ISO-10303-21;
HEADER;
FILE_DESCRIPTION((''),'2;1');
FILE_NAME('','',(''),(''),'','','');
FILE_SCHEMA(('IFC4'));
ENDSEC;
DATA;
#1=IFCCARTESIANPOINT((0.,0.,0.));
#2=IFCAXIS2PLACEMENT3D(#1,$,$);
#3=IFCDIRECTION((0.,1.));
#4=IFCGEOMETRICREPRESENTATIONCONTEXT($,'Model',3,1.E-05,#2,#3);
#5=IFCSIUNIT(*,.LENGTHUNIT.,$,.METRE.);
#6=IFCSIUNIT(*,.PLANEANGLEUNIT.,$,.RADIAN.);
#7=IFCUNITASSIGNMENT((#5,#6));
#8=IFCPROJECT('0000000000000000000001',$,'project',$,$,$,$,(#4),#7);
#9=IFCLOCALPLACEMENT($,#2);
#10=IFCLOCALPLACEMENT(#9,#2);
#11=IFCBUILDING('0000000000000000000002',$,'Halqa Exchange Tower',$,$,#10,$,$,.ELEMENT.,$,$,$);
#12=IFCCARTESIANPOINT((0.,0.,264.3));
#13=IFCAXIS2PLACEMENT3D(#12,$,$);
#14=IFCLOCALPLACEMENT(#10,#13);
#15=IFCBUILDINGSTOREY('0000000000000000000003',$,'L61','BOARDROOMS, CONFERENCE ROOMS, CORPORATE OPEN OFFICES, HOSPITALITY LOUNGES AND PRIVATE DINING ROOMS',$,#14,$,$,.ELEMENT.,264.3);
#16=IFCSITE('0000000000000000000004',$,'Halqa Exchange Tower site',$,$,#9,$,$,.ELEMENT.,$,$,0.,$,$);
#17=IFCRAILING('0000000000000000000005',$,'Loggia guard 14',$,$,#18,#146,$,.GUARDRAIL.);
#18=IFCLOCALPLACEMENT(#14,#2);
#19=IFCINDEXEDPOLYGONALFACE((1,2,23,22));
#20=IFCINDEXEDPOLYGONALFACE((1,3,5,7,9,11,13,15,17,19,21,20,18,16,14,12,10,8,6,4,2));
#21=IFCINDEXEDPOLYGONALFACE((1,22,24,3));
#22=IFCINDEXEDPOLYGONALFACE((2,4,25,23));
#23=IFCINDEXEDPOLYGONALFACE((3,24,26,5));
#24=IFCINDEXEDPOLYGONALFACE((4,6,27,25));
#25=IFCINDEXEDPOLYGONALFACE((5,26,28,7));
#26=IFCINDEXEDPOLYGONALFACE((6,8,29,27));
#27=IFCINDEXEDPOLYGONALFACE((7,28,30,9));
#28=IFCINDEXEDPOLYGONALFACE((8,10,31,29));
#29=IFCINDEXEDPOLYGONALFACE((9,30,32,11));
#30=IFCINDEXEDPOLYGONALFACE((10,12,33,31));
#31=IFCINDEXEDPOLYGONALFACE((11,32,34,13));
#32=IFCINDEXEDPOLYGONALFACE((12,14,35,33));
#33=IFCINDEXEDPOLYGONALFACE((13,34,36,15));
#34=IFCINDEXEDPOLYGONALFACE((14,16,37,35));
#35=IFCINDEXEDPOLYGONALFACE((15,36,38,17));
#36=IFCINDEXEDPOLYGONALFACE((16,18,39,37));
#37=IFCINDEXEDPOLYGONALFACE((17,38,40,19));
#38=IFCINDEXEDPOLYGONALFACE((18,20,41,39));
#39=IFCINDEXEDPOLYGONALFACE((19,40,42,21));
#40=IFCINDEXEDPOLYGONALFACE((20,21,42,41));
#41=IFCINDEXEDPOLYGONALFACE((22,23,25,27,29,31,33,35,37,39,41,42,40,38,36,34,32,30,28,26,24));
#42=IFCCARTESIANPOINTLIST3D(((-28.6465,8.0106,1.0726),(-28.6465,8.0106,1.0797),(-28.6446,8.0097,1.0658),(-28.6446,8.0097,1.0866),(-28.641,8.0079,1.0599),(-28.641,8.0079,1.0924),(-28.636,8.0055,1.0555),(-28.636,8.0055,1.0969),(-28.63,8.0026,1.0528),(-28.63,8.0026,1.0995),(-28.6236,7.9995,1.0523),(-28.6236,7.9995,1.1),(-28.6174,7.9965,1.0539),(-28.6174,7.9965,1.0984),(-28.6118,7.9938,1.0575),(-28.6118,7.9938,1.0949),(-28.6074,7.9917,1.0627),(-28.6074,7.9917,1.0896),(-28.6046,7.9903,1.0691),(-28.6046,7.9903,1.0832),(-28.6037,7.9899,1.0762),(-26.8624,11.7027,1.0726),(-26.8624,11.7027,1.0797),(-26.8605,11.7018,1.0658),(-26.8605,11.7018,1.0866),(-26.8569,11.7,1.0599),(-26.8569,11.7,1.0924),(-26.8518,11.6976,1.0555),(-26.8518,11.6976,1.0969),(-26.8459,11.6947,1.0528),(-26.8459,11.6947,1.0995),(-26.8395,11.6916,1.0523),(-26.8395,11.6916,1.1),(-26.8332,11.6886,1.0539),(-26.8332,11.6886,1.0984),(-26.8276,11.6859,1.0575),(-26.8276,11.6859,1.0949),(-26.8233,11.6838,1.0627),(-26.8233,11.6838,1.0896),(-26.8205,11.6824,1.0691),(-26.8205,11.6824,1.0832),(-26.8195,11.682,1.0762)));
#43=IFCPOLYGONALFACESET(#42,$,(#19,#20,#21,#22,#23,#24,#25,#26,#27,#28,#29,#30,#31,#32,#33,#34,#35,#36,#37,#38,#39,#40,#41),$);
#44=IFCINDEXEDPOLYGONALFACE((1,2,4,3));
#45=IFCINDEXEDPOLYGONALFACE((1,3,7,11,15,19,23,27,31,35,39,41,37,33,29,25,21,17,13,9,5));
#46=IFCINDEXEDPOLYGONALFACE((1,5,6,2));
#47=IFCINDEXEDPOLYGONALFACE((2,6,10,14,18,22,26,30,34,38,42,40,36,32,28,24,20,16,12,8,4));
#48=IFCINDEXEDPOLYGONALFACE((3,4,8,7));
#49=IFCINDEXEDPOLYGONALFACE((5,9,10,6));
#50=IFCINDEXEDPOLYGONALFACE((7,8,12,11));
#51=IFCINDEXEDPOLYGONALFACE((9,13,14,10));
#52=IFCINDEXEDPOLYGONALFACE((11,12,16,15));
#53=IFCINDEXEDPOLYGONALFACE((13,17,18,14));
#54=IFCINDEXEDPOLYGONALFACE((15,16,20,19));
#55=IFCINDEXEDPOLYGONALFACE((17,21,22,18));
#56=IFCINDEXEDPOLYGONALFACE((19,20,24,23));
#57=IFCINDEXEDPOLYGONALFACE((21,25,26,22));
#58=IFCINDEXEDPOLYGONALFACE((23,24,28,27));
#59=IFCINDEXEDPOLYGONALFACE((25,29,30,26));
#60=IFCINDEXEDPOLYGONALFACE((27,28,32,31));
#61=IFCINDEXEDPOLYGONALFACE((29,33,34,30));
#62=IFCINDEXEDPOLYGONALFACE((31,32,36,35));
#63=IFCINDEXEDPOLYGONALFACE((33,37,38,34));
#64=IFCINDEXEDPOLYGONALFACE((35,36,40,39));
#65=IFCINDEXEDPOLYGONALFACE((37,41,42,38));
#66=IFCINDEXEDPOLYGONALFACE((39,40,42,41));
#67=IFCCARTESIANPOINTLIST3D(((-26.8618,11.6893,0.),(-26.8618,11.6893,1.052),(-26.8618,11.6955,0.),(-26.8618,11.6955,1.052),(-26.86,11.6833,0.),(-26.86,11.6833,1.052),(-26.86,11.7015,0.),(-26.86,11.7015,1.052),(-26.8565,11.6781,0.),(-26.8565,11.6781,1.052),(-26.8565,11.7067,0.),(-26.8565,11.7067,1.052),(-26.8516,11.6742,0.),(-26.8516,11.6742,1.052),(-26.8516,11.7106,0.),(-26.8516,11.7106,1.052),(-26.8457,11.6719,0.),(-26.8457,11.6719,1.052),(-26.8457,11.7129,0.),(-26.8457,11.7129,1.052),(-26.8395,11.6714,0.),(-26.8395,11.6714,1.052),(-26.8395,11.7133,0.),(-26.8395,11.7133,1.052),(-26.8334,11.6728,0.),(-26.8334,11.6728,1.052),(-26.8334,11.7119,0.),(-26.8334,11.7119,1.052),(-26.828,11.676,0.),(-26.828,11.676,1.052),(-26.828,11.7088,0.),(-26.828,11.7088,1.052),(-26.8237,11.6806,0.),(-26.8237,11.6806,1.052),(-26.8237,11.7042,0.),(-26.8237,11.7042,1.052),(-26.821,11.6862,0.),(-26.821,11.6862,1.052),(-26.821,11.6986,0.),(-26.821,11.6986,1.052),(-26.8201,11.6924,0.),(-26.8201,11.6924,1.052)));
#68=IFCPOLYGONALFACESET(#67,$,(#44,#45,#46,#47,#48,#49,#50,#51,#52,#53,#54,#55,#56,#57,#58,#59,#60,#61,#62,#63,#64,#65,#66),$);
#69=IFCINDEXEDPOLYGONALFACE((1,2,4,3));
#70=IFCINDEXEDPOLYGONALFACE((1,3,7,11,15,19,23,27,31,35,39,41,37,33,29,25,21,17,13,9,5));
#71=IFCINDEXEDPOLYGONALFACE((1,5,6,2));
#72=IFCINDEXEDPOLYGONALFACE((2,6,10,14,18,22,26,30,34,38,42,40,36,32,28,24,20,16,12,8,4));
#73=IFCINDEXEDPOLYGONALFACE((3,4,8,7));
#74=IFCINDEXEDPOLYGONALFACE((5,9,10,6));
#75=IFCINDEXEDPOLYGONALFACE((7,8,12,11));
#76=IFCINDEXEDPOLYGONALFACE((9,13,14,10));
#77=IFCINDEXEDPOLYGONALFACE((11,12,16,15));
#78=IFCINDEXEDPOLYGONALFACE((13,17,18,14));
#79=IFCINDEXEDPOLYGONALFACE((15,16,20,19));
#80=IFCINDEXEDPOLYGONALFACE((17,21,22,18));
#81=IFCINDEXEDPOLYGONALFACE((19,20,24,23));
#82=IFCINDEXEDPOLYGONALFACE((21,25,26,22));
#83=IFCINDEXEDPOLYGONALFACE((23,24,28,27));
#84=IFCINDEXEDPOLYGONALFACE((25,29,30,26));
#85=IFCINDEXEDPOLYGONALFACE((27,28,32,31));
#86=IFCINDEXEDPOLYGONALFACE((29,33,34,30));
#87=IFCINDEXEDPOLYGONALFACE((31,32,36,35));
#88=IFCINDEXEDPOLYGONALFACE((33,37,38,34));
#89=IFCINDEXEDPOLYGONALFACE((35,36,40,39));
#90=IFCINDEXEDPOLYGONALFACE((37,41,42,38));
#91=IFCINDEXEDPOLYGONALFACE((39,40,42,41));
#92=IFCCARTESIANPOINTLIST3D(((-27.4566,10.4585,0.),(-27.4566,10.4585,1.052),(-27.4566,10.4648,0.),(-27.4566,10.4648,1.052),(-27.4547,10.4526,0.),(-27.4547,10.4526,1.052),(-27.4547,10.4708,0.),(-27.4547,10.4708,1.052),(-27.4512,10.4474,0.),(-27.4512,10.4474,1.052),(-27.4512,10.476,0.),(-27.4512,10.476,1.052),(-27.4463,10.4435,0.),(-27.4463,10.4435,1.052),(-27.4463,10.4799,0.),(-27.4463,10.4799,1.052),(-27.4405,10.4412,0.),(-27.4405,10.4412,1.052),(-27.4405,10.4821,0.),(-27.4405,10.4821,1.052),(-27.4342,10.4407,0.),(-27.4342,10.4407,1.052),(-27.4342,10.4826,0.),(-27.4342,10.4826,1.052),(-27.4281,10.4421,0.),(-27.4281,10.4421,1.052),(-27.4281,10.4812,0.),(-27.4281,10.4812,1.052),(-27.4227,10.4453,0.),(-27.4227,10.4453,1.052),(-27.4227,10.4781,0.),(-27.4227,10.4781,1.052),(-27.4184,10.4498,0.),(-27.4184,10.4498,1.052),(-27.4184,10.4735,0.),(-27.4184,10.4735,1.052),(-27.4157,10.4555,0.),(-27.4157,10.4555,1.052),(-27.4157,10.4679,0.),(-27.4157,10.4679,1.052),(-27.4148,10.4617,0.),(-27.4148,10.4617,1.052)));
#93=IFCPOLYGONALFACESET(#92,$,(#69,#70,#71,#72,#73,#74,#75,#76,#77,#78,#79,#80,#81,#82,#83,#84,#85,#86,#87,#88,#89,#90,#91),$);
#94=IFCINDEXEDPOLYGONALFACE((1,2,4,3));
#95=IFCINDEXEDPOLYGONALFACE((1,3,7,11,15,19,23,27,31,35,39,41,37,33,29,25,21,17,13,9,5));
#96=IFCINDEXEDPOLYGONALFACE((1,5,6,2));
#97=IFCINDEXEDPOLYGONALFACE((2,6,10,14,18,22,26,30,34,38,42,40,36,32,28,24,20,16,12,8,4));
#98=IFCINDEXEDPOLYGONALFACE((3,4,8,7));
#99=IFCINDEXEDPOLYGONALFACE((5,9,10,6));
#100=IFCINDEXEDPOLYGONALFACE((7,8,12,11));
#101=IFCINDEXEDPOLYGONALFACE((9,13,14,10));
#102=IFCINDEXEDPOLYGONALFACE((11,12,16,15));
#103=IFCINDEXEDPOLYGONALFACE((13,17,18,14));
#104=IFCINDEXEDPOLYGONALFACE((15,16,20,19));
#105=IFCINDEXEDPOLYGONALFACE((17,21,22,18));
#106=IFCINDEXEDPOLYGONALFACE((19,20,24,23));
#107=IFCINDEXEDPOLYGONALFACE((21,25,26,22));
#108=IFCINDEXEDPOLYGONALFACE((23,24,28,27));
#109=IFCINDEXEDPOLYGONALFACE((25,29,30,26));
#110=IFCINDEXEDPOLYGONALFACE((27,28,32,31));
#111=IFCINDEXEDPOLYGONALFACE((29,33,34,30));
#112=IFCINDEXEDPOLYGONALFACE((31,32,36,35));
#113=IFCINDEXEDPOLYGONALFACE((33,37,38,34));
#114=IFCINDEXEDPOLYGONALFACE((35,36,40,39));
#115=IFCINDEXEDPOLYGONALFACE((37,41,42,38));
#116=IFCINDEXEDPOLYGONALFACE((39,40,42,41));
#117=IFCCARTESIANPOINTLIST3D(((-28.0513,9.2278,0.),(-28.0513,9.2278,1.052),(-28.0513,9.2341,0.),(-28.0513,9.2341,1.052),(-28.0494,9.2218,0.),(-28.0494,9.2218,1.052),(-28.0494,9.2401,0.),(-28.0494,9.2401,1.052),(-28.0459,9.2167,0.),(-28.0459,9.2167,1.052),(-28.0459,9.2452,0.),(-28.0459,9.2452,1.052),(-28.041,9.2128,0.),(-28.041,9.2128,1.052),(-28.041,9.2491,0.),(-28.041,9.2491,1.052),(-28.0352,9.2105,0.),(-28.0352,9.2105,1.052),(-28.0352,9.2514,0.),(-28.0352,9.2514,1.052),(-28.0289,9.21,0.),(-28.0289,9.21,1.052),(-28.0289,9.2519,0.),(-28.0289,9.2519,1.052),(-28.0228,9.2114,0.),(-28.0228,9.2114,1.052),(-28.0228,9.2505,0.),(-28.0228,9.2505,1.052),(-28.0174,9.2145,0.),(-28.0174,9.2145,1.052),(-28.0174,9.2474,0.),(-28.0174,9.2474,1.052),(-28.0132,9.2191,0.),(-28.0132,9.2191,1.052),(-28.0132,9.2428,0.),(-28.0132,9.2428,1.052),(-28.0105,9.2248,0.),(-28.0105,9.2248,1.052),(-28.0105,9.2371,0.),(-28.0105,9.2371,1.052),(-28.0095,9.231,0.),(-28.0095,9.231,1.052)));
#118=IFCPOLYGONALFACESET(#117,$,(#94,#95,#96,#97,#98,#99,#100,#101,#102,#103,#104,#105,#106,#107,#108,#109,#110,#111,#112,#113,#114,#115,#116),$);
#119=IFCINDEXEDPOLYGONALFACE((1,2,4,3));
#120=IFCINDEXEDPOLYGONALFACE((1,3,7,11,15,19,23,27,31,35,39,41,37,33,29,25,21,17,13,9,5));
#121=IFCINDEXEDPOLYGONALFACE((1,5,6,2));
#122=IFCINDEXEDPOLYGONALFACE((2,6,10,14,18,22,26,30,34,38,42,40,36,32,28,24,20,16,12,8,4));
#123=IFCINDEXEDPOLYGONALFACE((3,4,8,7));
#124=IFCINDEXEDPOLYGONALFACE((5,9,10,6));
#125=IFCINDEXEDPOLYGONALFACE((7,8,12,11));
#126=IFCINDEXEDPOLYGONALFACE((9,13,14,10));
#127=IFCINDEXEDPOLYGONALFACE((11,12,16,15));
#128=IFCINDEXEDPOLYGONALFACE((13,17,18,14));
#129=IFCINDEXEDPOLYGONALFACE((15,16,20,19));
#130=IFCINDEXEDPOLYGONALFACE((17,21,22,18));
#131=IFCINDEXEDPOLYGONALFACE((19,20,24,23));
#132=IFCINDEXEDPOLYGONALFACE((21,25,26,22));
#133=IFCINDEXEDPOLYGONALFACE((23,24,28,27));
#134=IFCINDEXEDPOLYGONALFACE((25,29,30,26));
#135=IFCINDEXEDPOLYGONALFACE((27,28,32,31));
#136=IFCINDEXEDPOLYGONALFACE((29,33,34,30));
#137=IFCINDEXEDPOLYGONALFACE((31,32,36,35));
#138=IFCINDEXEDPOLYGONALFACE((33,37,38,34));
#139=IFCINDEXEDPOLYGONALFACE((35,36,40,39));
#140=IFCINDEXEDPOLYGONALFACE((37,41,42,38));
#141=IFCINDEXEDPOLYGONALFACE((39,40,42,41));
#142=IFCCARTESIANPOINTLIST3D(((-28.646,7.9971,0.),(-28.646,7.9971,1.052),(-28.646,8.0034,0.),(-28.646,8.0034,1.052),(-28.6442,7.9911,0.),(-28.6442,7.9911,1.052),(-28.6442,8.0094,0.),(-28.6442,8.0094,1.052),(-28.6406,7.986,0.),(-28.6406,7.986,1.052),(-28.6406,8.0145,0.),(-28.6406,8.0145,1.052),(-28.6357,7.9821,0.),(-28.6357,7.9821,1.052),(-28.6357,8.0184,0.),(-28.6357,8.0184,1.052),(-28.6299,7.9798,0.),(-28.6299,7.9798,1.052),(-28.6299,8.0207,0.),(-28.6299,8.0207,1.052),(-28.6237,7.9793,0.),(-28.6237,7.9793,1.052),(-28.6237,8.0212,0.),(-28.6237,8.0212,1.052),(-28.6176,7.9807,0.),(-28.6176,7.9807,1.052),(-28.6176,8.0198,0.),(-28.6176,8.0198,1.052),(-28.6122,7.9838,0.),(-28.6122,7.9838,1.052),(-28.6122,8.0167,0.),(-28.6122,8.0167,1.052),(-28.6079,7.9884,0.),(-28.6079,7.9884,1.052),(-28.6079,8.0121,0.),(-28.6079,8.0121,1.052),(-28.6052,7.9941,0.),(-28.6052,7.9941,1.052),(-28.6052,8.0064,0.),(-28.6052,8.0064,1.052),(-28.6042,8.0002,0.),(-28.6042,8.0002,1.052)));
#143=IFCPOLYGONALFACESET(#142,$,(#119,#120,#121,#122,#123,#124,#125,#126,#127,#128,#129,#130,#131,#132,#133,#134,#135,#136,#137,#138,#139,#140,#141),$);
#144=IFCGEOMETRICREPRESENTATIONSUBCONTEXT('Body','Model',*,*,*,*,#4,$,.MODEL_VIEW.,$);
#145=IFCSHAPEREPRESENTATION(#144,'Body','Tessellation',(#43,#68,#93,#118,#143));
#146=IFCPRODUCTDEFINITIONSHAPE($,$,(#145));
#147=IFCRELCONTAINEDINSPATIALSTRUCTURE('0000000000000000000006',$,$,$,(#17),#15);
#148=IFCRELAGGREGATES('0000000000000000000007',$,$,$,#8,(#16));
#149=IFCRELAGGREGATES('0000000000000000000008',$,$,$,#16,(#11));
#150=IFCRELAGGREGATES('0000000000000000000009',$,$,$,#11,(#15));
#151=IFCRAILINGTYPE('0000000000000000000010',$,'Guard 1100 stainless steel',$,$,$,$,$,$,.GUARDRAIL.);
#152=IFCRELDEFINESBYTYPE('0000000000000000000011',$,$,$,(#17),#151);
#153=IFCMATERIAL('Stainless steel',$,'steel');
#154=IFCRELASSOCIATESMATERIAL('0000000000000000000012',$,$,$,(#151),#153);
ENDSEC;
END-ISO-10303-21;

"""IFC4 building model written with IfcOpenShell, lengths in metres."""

from ifc_helpers import new_model, si_unit, direction, frame, origin, origin_2d, place, context, subcontext, project, spatial, circle, extrude, material, type_object, element, save


model = new_model("IFC4")

# Units and contexts
model_context = context("Model", 3, precision=1e-05, world=origin(), true_north=direction((0.0, 1.0)))
body_context = subcontext(model_context, "Body", "Model", "MODEL_VIEW")
ifc_project = project(units=[si_unit("LENGTHUNIT", "METRE"), si_unit("PLANEANGLEUNIT", "RADIAN")], contexts=[model_context])

# Site, building, storey
site_placement = place(None, origin())
site = spatial("IfcSite", under=ifc_project, at=site_placement, Name="Halqa Exchange Tower site", CompositionType="ELEMENT", RefElevation=0.0)
building_placement = place(site_placement, origin())
building = spatial("IfcBuilding", under=site, at=building_placement, Name="Halqa Exchange Tower", CompositionType="ELEMENT")
storey_placement = place(building_placement, frame((0.0, 0.0, 264.3)))
storey = spatial("IfcBuildingStorey", under=building, at=storey_placement, Name="L61", Description="BOARDROOMS, CONFERENCE ROOMS, CORPORATE OPEN OFFICES, HOSPITALITY LOUNGES AND PRIVATE DINING ROOMS", CompositionType="ELEMENT", Elevation=264.3)

# Railing
ifc_material_1 = material(Name="Stainless steel", Category="steel")
railing_type = type_object("IfcRailingType", Name="Guard 1100 stainless steel", PredefinedType="GUARDRAIL", material=ifc_material_1)
railing_1_placement = place(storey_placement, frame((-26.8411, 11.6924, 0.0)))
element("IfcRailing", 1, at=railing_1_placement, inside=storey, type_object=railing_type, Name="Loggia guard 14", PredefinedType="GUARDRAIL", context=body_context, shape_type="SweptSolid", body=[
    extrude(circle(Radius=0.0239, at=origin_2d()), frame((0.0, 0.0, 1.0762), z_axis=(-0.435099, -0.900383, 0.0), x_axis=(0.900383, -0.435099, 0.0)), (0.0, 0.0, 1.0), 4.1006),
    extrude(circle(Radius=0.021, at=origin_2d()), origin(), (0.0, 0.0, 1.0), 1.052),
    extrude(circle(Radius=0.021, at=origin_2d()), frame((-0.5947, -1.2307, 0.0)), (0.0, 0.0, 1.0), 1.052),
    extrude(circle(Radius=0.021, at=origin_2d()), frame((-1.1895, -2.4614, 0.0)), (0.0, 0.0, 1.0), 1.052),
    extrude(circle(Radius=0.021, at=origin_2d()), frame((-1.7842, -3.6921, 0.0)), (0.0, 0.0, 1.0), 1.052),
])

save(model, "model.ifc")
